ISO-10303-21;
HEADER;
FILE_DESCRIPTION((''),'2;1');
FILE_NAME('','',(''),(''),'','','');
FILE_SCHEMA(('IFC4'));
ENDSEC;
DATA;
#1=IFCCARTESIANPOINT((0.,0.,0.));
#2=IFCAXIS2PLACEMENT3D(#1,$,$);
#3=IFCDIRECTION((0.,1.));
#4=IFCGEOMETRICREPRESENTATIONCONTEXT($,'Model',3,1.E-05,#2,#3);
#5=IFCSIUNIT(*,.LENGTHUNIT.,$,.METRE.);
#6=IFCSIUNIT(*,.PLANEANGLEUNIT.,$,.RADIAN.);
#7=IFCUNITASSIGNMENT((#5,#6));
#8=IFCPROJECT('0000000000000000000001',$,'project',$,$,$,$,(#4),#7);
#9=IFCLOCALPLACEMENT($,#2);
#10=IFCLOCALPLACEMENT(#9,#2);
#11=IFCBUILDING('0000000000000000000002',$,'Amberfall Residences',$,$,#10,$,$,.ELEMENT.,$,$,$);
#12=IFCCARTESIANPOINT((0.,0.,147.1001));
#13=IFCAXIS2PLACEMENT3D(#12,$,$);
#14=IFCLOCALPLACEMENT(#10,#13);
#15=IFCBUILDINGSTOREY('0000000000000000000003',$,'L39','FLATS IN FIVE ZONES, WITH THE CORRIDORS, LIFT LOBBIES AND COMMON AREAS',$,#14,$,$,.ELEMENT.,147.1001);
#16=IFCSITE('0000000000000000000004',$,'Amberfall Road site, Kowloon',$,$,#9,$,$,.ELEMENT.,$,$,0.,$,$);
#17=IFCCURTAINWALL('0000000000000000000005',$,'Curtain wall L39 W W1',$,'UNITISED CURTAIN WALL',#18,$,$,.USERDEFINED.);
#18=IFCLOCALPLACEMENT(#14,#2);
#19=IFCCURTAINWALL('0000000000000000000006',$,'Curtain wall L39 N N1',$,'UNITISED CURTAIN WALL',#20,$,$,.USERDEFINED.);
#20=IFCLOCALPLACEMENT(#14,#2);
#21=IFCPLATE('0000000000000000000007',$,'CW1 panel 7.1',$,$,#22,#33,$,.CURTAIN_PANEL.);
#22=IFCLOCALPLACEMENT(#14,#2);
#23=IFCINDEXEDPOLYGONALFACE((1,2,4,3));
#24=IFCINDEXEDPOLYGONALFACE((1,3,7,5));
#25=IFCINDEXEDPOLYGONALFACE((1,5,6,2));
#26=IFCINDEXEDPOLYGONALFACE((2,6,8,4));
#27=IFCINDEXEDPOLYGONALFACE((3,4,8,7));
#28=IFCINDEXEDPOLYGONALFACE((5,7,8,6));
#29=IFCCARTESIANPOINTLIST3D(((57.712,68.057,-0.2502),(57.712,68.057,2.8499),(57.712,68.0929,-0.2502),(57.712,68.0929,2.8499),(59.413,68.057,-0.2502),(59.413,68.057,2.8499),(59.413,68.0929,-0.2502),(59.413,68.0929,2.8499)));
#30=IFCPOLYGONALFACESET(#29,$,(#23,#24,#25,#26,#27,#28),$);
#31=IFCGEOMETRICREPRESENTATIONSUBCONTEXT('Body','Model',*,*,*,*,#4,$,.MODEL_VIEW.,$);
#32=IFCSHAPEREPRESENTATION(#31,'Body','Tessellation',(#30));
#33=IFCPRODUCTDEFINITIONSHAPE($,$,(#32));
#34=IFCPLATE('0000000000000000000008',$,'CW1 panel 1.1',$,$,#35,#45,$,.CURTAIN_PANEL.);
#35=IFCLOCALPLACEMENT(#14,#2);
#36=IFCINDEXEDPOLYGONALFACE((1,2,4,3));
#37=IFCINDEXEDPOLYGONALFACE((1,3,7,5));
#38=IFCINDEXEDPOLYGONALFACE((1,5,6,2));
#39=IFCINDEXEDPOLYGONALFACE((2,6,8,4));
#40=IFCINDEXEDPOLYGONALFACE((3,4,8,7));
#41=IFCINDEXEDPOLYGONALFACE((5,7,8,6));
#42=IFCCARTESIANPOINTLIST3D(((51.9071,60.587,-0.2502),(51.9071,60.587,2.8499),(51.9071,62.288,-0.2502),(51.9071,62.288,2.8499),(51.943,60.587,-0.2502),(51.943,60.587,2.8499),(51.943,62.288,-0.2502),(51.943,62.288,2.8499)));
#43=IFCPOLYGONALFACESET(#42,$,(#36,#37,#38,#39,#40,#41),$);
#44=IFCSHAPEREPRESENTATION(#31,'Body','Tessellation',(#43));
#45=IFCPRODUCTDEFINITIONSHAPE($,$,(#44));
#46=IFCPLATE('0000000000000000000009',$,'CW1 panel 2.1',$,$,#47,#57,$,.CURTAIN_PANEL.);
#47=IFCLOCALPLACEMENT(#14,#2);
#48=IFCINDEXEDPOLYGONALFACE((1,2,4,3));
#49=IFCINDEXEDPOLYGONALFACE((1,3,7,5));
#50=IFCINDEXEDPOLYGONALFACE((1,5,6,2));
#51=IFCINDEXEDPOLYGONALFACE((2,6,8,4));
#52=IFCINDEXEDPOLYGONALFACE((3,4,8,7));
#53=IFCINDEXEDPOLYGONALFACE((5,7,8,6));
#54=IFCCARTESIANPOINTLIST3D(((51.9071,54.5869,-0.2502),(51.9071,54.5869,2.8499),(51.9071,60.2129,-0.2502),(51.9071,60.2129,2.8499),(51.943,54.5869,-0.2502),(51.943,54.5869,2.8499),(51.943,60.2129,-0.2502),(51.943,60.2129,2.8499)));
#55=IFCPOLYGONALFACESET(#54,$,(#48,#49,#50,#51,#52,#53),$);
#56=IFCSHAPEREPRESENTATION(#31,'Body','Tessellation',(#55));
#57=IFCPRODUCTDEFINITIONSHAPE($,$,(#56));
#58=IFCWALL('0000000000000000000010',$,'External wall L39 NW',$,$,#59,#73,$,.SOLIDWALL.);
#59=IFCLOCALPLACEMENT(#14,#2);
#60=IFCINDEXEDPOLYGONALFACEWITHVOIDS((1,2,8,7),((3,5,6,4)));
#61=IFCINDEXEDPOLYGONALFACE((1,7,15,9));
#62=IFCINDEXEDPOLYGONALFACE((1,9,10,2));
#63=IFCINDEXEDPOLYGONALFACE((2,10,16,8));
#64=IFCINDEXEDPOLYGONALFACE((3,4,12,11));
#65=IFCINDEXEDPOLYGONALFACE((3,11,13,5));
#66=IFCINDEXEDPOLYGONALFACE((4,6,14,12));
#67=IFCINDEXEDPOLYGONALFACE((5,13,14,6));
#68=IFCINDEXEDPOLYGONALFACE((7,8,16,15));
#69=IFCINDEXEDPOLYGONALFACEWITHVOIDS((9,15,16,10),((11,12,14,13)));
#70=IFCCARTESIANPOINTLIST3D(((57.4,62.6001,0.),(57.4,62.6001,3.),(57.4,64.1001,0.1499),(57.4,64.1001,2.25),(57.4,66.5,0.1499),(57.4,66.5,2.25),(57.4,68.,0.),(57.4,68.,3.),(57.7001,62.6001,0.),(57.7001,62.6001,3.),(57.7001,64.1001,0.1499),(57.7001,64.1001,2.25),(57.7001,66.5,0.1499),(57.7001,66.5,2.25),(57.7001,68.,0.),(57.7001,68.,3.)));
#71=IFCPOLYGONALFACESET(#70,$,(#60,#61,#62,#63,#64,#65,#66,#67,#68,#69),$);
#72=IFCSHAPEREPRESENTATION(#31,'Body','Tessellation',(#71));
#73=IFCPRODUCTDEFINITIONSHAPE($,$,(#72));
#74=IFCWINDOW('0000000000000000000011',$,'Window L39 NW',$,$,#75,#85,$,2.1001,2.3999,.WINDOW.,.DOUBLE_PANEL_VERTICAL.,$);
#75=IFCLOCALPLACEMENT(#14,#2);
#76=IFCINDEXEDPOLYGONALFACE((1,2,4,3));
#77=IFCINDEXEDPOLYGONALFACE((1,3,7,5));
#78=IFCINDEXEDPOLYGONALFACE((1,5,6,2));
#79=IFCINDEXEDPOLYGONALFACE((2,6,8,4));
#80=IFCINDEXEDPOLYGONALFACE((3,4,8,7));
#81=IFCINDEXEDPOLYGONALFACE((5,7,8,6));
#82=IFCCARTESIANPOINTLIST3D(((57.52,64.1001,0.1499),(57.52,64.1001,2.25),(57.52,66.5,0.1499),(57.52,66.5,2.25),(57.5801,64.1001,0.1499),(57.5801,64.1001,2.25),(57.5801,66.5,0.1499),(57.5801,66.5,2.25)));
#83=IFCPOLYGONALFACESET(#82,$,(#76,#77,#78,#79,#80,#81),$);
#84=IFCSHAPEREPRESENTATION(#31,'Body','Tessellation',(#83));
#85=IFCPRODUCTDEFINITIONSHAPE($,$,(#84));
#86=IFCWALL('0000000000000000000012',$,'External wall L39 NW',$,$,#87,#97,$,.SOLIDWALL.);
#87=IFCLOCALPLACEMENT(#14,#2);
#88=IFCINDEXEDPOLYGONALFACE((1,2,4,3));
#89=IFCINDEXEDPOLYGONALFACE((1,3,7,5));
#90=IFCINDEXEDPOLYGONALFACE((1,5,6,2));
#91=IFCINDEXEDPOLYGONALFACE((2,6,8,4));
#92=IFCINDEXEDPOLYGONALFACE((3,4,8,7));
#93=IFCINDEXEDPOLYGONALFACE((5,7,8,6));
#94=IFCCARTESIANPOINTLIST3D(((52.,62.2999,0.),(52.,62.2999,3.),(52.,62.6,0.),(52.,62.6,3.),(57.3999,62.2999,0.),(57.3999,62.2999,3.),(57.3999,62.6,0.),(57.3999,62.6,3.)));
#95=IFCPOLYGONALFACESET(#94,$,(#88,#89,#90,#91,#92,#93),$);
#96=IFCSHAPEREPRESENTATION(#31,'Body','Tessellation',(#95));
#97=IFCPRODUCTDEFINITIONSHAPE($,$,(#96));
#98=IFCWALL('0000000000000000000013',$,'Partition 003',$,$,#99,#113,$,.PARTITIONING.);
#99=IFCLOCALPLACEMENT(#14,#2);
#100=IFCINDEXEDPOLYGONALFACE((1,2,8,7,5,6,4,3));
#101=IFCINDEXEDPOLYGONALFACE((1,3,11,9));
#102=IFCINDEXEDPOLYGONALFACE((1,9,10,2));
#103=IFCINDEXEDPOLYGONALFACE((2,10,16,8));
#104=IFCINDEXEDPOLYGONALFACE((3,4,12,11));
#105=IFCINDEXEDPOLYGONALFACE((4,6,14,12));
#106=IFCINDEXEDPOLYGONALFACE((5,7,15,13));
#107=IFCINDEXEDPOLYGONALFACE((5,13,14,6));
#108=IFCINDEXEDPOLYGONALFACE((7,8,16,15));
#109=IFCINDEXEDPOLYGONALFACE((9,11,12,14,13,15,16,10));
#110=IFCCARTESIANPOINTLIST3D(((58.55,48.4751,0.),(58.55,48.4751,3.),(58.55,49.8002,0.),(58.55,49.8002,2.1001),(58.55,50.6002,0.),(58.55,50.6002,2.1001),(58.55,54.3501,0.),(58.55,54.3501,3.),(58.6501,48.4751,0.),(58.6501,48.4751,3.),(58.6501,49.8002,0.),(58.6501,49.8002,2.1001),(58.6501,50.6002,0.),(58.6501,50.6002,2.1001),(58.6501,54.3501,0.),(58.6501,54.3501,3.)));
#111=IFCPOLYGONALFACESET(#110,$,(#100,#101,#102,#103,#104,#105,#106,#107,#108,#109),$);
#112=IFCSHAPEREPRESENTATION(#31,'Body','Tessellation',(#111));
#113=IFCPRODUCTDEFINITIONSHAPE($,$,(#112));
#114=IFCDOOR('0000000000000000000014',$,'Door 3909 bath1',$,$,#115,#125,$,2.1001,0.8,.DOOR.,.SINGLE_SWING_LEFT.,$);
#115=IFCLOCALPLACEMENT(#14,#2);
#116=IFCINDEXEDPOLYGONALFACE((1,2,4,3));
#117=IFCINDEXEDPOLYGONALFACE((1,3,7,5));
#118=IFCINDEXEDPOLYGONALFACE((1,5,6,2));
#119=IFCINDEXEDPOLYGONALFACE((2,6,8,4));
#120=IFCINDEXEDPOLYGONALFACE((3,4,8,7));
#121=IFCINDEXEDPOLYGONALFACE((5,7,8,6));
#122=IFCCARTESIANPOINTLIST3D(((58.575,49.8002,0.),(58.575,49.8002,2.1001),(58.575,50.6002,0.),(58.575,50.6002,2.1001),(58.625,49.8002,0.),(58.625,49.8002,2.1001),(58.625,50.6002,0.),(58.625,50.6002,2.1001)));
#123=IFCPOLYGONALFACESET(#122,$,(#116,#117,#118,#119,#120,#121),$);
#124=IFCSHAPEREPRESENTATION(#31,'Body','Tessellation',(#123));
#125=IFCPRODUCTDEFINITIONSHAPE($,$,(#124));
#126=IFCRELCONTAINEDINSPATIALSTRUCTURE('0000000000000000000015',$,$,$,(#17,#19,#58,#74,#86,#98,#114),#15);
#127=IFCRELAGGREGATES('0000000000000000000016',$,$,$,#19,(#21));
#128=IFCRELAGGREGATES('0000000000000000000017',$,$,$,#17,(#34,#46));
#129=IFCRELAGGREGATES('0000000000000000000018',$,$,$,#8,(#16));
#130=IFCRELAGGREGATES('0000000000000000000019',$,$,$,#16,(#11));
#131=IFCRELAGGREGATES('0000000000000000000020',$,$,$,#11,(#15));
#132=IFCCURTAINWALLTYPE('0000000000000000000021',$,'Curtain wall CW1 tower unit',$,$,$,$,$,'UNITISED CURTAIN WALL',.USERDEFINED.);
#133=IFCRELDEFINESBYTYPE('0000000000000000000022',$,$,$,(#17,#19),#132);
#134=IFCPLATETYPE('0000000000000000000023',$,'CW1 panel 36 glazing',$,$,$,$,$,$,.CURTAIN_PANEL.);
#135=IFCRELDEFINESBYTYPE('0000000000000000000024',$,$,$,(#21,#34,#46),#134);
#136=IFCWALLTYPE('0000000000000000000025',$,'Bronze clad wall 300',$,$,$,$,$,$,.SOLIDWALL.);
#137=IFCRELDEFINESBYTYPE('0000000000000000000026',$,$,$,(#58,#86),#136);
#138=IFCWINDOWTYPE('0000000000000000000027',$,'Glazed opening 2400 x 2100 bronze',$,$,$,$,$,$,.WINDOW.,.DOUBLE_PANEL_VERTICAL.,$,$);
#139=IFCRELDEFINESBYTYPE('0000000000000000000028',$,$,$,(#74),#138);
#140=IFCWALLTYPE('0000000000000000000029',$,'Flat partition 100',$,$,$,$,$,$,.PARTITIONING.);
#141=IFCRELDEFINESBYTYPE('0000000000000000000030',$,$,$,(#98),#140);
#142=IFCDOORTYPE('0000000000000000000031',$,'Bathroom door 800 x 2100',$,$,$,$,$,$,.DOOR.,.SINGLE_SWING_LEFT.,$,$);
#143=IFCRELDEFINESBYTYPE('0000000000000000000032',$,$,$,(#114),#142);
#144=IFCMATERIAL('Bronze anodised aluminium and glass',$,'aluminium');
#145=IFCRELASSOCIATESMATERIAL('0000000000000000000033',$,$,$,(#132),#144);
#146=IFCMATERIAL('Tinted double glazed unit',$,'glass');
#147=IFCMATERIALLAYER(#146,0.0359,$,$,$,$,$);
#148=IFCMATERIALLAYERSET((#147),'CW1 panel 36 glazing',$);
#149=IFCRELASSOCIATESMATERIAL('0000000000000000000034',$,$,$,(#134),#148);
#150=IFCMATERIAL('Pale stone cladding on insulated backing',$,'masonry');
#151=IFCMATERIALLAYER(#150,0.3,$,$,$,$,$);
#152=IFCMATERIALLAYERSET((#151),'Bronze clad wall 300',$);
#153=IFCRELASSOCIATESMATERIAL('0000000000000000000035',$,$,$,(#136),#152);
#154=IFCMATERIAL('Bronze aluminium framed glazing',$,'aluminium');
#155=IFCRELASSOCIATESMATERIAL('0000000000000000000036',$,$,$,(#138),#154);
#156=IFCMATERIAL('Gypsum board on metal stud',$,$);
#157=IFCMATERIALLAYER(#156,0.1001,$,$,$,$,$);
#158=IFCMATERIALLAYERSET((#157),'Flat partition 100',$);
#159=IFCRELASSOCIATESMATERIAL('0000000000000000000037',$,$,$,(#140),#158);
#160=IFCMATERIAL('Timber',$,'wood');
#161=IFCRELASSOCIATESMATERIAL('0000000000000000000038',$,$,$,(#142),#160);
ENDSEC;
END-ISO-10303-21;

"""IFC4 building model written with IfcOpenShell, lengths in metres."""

from ifc_helpers import new_model, si_unit, direction, frame, frame_2d, origin, origin_2d, place, context, subcontext, project, spatial, rectangle, extrude, material, layer, layer_set, type_object, element, fill, aggregate, save


model = new_model("IFC4")

# Units and contexts
model_context = context("Model", 3, precision=1e-05, world=origin(), true_north=direction((0.0, 1.0)))
body_context = subcontext(model_context, "Body", "Model", "MODEL_VIEW")
ifc_project = project(units=[si_unit("LENGTHUNIT", "METRE"), si_unit("PLANEANGLEUNIT", "RADIAN")], contexts=[model_context])

# Site, building, storey
site_placement = place(None, origin())
site = spatial("IfcSite", under=ifc_project, at=site_placement, Name="Amberfall Road site, Kowloon", CompositionType="ELEMENT", RefElevation=0.0)
building_placement = place(site_placement, origin())
building = spatial("IfcBuilding", under=site, at=building_placement, Name="Amberfall Residences", CompositionType="ELEMENT")
storey_placement = place(building_placement, frame((0.0, 0.0, 147.1001)))
storey = spatial("IfcBuildingStorey", under=building, at=storey_placement, Name="L39", Description="FLATS IN FIVE ZONES, WITH THE CORRIDORS, LIFT LOBBIES AND COMMON AREAS", CompositionType="ELEMENT", Elevation=147.1001)

# Curtain wall
ifc_material_1 = material(Name="Bronze anodised aluminium and glass", Category="aluminium")
curtain_wall_type = type_object("IfcCurtainWallType", Name="Curtain wall CW1 tower unit", ElementType="UNITISED CURTAIN WALL", PredefinedType="USERDEFINED", material=ifc_material_1)
curtain_wall_1_placement = place(storey_placement, origin())
curtain_wall_1 = element("IfcCurtainWall", 1, at=curtain_wall_1_placement, inside=storey, type_object=curtain_wall_type, Name="Curtain wall L39 W W1", ObjectType="UNITISED CURTAIN WALL", PredefinedType="USERDEFINED")

# Curtain wall
curtain_wall_2_placement = place(storey_placement, origin())
curtain_wall_2 = element("IfcCurtainWall", 2, at=curtain_wall_2_placement, inside=storey, type_object=curtain_wall_type, Name="Curtain wall L39 N N1", ObjectType="UNITISED CURTAIN WALL", PredefinedType="USERDEFINED")

# Plates
ifc_material_2 = material(Name="Tinted double glazed unit", Category="glass")
ifc_layer_1 = layer(ifc_material_2, 0.0359)
ifc_layer_set_1 = layer_set([ifc_layer_1], Name="CW1 panel 36 glazing")
plate_type = type_object("IfcPlateType", Name="CW1 panel 36 glazing", PredefinedType="CURTAIN_PANEL", material=ifc_layer_set_1)
plate_1_placement = place(storey_placement, frame((58.5625, 68.075, -0.2502), z_axis=(0.0, 0.0, 1.0), x_axis=(-1.0, 0.0, 0.0)))
plate_1 = element("IfcPlate", 3, at=plate_1_placement, type_object=plate_type, Name="CW1 panel 7.1", PredefinedType="CURTAIN_PANEL", context=body_context, shape_type="SweptSolid", body=[
    extrude(rectangle(XDim=1.7009, YDim=0.0359, at=origin_2d()), origin(), (0.0, 0.0, 1.0), 3.1001),
])
aggregate(curtain_wall_2, [plate_1])
plate_2_placement = place(storey_placement, frame((51.925, 61.4375, -0.2502), z_axis=(0.0, 0.0, 1.0), x_axis=(0.0, -1.0, 0.0)))
plate_2 = element("IfcPlate", 4, at=plate_2_placement, type_object=plate_type, Name="CW1 panel 1.1", PredefinedType="CURTAIN_PANEL", context=body_context, shape_type="SweptSolid", body=[
    extrude(rectangle(XDim=1.7009, YDim=0.0359, at=origin_2d()), origin(), (0.0, 0.0, 1.0), 3.1001),
])
plate_3_placement = place(storey_placement, frame((51.925, 57.3999, -0.2502), z_axis=(0.0, 0.0, 1.0), x_axis=(0.0, -1.0, 0.0)))
plate_3 = element("IfcPlate", 5, at=plate_3_placement, type_object=plate_type, Name="CW1 panel 2.1", PredefinedType="CURTAIN_PANEL", context=body_context, shape_type="SweptSolid", body=[
    extrude(rectangle(XDim=5.626, YDim=0.0359, at=origin_2d()), origin(), (0.0, 0.0, 1.0), 3.1001),
])
aggregate(curtain_wall_1, [plate_2, plate_3])

# Wall, opening, window
ifc_material_3 = material(Name="Pale stone cladding on insulated backing", Category="masonry")
ifc_layer_2 = layer(ifc_material_3, 0.3)
ifc_layer_set_2 = layer_set([ifc_layer_2], Name="Bronze clad wall 300")
wall_type_1 = type_object("IfcWallType", Name="Bronze clad wall 300", PredefinedType="SOLIDWALL", material=ifc_layer_set_2)
wall_1_placement = place(storey_placement, frame((57.55, 68.0, 0.0), z_axis=(0.0, 0.0, 1.0), x_axis=(0.0, -1.0, 0.0)))
wall_1 = element("IfcWall", 6, at=wall_1_placement, inside=storey, type_object=wall_type_1, Name="External wall L39 NW", PredefinedType="SOLIDWALL", context=body_context, shape_type="SweptSolid", body=[
    extrude(rectangle(XDim=5.3999, YDim=0.3, at=frame_2d((2.7, 0.0))), origin(), (0.0, 0.0, 1.0), 3.0),
])
opening_1_placement = place(wall_1_placement, frame((1.5, 0.0, 0.1499)))
opening_1 = element("IfcOpeningElement", 7, at=opening_1_placement, cuts=wall_1, PredefinedType="OPENING", context=body_context, shape_type="SweptSolid", body=[
    extrude(rectangle(XDim=2.3999, YDim=2.1001, at=frame_2d((1.2, 1.05))), frame((0.0, 0.1599, 0.0), z_axis=(0.0, -1.0, 0.0), x_axis=(1.0, 0.0, 0.0)), (0.0, 0.0, 1.0), 0.3201),
])
ifc_material_4 = material(Name="Bronze aluminium framed glazing", Category="aluminium")
window_type = type_object("IfcWindowType", Name="Glazed opening 2400 x 2100 bronze", PartitioningType="DOUBLE_PANEL_VERTICAL", PredefinedType="WINDOW", material=ifc_material_4)
window_placement = place(opening_1_placement, origin())
window = element("IfcWindow", 8, at=window_placement, inside=storey, type_object=window_type, Name="Window L39 NW", OverallHeight=2.1001, OverallWidth=2.3999, PartitioningType="DOUBLE_PANEL_VERTICAL", PredefinedType="WINDOW", context=body_context, shape_type="SweptSolid", body=[
    extrude(rectangle(XDim=2.3999, YDim=2.1001, at=frame_2d((1.2, 1.05))), frame((0.0, 0.03, 0.0), z_axis=(0.0, -1.0, 0.0), x_axis=(1.0, 0.0, 0.0)), (0.0, 0.0, 1.0), 0.0601),
])
fill(opening_1, window)

# Wall
wall_2_placement = place(storey_placement, frame((57.3999, 62.45, 0.0), z_axis=(0.0, 0.0, 1.0), x_axis=(-1.0, 0.0, 0.0)))
element("IfcWall", 9, at=wall_2_placement, inside=storey, type_object=wall_type_1, Name="External wall L39 NW", PredefinedType="SOLIDWALL", context=body_context, shape_type="SweptSolid", body=[
    extrude(rectangle(XDim=5.3999, YDim=0.3, at=frame_2d((2.7, 0.0))), origin(), (0.0, 0.0, 1.0), 3.0),
])

# Wall, opening, door
ifc_material_5 = material(Name="Gypsum board on metal stud")
ifc_layer_3 = layer(ifc_material_5, 0.1001)
ifc_layer_set_3 = layer_set([ifc_layer_3], Name="Flat partition 100")
wall_type_2 = type_object("IfcWallType", Name="Flat partition 100", PredefinedType="PARTITIONING", material=ifc_layer_set_3)
wall_3_placement = place(storey_placement, frame((58.6001, 54.3501, 0.0), z_axis=(0.0, 0.0, 1.0), x_axis=(0.0, -1.0, 0.0)))
wall_3 = element("IfcWall", 10, at=wall_3_placement, inside=storey, type_object=wall_type_2, Name="Partition 003", PredefinedType="PARTITIONING", context=body_context, shape_type="SweptSolid", body=[
    extrude(rectangle(XDim=5.875, YDim=0.1001, at=frame_2d((2.9375, 0.0))), origin(), (0.0, 0.0, 1.0), 3.0),
])
opening_2_placement = place(wall_3_placement, frame((3.75, 0.0, 0.0)))
opening_2 = element("IfcOpeningElement", 11, at=opening_2_placement, cuts=wall_3, PredefinedType="OPENING", context=body_context, shape_type="SweptSolid", body=[
    extrude(rectangle(XDim=0.8, YDim=2.1001, at=frame_2d((0.3999, 1.05))), frame((0.0, 0.0601, 0.0), z_axis=(0.0, -1.0, 0.0), x_axis=(1.0, 0.0, 0.0)), (0.0, 0.0, 1.0), 0.1201),
])
ifc_material_6 = material(Name="Timber", Category="wood")
door_type = type_object("IfcDoorType", Name="Bathroom door 800 x 2100", OperationType="SINGLE_SWING_LEFT", PredefinedType="DOOR", material=ifc_material_6)
door_placement = place(opening_2_placement, origin())
door = element("IfcDoor", 12, at=door_placement, inside=storey, type_object=door_type, Name="Door 3909 bath1", OperationType="SINGLE_SWING_LEFT", OverallHeight=2.1001, OverallWidth=0.8, PredefinedType="DOOR", context=body_context, shape_type="SweptSolid", body=[
    extrude(rectangle(XDim=0.8, YDim=2.1001, at=frame_2d((0.3999, 1.05))), frame((0.0, 0.0249, 0.0), z_axis=(0.0, -1.0, 0.0), x_axis=(1.0, 0.0, 0.0)), (0.0, 0.0, 1.0), 0.05),
])
fill(opening_2, door)

save(model, "model.ifc")
